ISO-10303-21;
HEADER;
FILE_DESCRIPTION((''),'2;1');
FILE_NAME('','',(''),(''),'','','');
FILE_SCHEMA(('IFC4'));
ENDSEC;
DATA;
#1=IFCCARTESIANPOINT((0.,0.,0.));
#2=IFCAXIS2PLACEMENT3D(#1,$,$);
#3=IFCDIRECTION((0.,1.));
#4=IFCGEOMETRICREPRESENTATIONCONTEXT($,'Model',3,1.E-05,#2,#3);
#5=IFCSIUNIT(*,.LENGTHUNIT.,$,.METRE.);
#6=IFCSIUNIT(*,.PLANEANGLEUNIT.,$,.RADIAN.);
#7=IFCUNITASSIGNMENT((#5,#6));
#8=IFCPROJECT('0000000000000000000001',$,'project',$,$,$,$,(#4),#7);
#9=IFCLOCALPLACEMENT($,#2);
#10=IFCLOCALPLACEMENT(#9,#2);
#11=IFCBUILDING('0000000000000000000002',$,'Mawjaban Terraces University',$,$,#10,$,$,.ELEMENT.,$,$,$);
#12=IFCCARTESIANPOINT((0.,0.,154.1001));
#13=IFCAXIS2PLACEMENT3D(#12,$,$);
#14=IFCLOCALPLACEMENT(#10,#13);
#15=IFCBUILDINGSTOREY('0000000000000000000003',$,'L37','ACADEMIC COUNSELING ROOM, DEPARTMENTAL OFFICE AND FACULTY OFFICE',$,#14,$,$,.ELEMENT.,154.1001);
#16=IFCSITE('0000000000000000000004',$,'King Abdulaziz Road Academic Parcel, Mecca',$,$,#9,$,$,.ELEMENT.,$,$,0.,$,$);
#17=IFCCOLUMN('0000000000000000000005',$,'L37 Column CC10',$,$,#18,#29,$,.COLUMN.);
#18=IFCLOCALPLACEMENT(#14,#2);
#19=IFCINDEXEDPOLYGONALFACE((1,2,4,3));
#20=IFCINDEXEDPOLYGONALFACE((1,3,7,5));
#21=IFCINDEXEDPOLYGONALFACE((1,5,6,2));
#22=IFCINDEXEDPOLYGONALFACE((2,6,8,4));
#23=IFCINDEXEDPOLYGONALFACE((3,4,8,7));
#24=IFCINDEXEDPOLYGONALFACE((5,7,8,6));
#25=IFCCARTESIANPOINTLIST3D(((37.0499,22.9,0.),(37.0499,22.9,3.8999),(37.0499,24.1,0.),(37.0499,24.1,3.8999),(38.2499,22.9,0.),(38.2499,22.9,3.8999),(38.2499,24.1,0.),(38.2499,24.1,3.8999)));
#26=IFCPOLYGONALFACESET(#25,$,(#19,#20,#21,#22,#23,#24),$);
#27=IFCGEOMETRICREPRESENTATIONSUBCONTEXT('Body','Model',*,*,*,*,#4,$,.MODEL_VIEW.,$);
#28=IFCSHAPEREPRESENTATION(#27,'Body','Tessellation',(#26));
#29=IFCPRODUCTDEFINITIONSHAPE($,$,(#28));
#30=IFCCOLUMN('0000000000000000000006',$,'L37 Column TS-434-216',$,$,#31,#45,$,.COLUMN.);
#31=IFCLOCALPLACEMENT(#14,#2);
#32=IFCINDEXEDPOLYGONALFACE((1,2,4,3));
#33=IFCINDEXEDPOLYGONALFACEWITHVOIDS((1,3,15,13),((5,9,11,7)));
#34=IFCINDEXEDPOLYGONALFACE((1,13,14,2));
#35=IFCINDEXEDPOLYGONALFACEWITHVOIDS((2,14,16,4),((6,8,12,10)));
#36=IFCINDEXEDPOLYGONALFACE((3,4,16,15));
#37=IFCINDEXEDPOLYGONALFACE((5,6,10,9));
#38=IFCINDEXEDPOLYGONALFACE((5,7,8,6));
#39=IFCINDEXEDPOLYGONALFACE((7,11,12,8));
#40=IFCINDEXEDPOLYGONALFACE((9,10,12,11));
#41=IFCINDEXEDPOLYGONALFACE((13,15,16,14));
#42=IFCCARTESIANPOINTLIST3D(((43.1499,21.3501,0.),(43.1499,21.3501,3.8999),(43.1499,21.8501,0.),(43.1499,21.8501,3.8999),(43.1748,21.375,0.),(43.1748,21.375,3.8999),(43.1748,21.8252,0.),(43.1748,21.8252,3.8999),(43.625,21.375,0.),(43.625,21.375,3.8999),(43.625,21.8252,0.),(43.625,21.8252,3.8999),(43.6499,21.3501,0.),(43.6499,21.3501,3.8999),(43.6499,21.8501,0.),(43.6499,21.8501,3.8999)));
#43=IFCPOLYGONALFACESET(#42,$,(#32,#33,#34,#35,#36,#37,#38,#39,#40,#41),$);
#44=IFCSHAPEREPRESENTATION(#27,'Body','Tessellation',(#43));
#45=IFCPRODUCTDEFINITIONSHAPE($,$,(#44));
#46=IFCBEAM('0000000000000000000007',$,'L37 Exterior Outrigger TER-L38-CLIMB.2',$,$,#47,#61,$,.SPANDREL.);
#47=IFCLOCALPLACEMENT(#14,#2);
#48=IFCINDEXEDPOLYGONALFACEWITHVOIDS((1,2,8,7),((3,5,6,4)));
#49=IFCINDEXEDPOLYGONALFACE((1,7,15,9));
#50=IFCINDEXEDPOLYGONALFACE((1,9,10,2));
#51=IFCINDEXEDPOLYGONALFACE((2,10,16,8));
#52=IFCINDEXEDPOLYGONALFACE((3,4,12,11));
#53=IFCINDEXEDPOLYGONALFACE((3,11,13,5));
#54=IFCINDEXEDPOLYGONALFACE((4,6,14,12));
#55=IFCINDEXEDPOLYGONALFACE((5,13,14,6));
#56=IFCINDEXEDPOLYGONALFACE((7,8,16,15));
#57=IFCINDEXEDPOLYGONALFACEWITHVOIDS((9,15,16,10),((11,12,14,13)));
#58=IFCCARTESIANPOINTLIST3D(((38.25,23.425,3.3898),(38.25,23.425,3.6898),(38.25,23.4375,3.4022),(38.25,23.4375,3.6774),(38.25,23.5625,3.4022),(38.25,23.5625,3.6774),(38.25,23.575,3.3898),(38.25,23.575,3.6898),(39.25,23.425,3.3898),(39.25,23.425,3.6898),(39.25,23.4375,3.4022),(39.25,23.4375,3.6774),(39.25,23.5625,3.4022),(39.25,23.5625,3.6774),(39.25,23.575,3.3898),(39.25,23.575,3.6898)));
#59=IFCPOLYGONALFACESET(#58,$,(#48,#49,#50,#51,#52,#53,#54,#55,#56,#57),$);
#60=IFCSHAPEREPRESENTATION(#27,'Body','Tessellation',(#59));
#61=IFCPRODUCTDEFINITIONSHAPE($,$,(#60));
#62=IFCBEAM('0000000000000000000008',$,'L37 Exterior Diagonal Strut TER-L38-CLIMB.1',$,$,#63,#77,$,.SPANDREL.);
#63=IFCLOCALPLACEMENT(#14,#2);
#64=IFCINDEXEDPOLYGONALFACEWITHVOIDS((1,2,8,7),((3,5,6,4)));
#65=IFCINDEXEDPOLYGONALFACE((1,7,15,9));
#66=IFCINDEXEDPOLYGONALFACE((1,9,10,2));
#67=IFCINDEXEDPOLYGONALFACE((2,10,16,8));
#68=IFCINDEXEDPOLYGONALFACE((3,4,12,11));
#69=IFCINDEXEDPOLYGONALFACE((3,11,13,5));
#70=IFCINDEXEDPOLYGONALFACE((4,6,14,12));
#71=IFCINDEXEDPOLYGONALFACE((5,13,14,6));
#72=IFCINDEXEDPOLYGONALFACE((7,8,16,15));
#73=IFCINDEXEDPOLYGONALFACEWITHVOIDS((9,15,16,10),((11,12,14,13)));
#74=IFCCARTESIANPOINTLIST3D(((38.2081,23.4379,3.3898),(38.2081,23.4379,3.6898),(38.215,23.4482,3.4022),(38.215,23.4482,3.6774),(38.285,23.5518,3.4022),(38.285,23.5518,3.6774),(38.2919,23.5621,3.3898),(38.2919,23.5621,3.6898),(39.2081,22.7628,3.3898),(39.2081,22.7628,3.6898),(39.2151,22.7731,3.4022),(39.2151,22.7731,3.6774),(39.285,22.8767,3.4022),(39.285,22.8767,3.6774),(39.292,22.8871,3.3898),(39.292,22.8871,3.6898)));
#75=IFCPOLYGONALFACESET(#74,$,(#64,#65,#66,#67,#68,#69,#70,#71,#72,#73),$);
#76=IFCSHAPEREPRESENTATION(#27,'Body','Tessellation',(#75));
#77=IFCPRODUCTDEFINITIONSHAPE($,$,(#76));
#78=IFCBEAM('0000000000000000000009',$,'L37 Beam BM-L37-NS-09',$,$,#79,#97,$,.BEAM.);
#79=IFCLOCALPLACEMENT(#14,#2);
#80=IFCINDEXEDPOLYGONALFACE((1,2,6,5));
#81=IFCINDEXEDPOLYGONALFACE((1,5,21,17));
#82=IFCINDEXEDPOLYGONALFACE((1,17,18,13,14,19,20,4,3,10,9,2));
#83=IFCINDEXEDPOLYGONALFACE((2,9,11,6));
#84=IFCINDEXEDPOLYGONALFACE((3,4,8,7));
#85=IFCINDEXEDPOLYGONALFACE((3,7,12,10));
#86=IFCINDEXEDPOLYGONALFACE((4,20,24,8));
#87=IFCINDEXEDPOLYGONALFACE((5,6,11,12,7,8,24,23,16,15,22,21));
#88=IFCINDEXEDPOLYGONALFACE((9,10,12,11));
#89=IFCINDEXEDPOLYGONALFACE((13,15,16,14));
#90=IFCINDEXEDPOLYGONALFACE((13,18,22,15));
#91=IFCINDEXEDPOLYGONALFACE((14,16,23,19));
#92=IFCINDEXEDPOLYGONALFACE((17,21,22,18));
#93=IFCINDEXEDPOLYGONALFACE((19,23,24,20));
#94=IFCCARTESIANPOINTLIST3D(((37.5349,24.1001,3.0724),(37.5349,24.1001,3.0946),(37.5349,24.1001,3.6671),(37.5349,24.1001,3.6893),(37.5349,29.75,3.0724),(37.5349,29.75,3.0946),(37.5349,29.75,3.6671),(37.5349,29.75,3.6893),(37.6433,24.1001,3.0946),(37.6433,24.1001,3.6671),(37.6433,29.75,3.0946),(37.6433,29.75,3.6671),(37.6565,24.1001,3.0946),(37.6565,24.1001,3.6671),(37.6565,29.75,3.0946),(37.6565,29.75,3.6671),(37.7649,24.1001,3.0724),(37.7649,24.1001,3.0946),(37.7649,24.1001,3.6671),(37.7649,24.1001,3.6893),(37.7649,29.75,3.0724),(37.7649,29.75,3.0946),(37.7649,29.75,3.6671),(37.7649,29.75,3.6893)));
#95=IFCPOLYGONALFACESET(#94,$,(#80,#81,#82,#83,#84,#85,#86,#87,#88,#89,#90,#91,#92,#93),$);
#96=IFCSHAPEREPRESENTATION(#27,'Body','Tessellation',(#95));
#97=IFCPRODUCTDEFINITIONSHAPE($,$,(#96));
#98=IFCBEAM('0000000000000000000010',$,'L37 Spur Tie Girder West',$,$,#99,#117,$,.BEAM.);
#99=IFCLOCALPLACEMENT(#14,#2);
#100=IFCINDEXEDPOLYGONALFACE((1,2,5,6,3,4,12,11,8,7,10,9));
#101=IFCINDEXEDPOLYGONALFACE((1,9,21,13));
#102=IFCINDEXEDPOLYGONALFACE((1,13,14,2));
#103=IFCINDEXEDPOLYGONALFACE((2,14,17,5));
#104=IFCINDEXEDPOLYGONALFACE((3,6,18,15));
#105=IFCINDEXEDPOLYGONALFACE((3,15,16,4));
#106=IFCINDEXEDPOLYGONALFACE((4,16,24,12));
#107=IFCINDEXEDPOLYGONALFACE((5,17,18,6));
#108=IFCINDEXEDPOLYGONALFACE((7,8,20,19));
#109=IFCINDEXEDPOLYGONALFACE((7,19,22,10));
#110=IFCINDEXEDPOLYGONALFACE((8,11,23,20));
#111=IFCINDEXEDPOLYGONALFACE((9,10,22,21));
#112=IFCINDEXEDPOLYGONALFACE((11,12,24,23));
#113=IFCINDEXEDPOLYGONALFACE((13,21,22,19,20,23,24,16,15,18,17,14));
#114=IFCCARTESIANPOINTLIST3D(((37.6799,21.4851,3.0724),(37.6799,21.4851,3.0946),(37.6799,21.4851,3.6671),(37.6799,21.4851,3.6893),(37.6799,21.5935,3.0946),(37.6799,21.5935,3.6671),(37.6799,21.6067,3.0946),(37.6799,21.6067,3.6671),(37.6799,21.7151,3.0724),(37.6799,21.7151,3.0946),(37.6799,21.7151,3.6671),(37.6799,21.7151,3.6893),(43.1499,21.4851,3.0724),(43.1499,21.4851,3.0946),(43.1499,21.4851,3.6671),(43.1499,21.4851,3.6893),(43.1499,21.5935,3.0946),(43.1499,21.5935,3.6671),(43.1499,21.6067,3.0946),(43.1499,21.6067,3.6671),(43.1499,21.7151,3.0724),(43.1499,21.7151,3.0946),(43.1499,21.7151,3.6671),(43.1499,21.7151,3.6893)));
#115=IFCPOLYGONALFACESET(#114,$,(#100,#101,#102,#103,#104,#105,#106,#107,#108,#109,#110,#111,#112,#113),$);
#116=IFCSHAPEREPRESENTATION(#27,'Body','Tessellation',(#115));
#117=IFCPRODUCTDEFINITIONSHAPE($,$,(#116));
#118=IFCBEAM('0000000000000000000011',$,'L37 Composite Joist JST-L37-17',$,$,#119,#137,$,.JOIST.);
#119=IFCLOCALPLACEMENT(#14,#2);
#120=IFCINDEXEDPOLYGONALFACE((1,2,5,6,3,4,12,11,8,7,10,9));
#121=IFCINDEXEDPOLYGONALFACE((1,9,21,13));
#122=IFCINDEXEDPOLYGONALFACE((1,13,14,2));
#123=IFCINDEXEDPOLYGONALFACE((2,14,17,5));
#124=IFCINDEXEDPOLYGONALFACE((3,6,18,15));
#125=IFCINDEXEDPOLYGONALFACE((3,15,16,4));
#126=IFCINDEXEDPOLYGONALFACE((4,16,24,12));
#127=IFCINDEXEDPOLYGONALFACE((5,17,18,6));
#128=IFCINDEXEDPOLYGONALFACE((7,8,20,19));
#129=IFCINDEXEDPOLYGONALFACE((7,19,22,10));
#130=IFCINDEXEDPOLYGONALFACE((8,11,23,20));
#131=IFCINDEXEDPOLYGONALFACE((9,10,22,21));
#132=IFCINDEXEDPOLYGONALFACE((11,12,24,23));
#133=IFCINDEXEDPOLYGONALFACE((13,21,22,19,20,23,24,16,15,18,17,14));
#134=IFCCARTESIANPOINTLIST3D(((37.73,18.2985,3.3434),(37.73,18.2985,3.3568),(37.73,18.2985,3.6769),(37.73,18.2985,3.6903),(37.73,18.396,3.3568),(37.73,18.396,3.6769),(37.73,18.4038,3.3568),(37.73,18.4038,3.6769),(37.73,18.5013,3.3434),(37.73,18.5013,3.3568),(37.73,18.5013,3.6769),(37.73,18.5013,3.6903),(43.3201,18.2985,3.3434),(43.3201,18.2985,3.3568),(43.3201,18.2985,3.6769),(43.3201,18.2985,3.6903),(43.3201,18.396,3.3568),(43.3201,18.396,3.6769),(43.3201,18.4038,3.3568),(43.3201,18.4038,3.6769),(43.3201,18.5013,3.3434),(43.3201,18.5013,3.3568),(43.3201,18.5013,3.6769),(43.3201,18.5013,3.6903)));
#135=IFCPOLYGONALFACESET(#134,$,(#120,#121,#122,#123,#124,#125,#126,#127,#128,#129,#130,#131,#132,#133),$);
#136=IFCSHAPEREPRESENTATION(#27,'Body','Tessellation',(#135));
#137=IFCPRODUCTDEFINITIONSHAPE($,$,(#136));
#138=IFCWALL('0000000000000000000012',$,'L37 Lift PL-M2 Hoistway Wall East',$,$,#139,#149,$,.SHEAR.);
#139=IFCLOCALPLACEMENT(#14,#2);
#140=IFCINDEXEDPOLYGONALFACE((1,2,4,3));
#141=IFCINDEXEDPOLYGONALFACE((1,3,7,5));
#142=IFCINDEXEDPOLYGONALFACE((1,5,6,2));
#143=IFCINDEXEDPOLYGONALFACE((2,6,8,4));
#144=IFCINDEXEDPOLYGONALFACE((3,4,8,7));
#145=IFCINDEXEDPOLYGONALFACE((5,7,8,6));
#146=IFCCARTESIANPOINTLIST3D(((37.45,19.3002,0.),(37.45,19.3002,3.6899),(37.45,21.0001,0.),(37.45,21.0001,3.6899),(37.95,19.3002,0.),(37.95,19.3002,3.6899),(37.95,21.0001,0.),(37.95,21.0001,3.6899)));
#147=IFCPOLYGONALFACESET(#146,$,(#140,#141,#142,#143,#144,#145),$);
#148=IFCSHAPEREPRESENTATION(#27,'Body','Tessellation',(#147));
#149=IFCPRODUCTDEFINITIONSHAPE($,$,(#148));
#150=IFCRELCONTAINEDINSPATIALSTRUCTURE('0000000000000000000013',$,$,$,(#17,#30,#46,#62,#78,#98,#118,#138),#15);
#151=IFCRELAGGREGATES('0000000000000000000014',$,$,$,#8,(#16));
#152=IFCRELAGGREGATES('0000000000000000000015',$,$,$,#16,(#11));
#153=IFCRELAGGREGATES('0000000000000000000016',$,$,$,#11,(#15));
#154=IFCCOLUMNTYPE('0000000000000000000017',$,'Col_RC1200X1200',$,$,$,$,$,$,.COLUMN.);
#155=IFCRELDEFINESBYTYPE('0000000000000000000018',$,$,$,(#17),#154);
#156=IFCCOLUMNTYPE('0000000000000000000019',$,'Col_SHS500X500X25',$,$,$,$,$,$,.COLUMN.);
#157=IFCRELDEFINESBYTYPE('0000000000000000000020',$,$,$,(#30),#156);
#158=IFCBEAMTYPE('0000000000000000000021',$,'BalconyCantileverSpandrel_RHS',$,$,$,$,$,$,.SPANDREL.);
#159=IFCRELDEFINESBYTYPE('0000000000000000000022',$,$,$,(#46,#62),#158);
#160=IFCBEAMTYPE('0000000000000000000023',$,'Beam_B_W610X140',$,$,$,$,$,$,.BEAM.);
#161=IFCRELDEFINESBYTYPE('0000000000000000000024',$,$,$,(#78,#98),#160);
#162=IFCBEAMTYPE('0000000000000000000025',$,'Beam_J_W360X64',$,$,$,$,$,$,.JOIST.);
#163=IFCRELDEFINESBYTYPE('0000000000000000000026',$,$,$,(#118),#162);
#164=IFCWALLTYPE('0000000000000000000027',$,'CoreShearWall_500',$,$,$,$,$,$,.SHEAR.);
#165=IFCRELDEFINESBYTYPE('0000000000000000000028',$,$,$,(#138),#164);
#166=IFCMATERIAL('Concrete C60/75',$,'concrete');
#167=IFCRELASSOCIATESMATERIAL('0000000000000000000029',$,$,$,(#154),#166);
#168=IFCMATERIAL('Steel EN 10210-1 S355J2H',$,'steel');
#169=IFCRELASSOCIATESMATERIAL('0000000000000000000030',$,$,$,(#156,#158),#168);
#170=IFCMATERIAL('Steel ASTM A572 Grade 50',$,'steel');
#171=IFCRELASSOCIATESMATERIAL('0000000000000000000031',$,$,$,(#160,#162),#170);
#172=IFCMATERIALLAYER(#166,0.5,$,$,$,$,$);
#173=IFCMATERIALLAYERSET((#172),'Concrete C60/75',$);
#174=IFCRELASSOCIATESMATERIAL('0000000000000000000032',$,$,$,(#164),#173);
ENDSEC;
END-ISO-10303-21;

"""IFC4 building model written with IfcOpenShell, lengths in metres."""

from ifc_helpers import new_model, si_unit, direction, frame, frame_2d, origin, origin_2d, place, context, subcontext, project, spatial, rectangle, hollow_rectangle, i_section, extrude, material, layer, layer_set, material_profile, profile_set, type_object, element, save


model = new_model("IFC4")

# Units and contexts
model_context = context("Model", 3, precision=1e-05, world=origin(), true_north=direction((0.0, 1.0)))
body_context = subcontext(model_context, "Body", "Model", "MODEL_VIEW")
ifc_project = project(units=[si_unit("LENGTHUNIT", "METRE"), si_unit("PLANEANGLEUNIT", "RADIAN")], contexts=[model_context])

# Site, building, storey
site_placement = place(None, origin())
site = spatial("IfcSite", under=ifc_project, at=site_placement, Name="King Abdulaziz Road Academic Parcel, Mecca", CompositionType="ELEMENT", RefElevation=0.0)
building_placement = place(site_placement, origin())
building = spatial("IfcBuilding", under=site, at=building_placement, Name="Mawjaban Terraces University", CompositionType="ELEMENT")
storey_placement = place(building_placement, frame((0.0, 0.0, 154.1001)))
storey = spatial("IfcBuildingStorey", under=building, at=storey_placement, Name="L37", Description="ACADEMIC COUNSELING ROOM, DEPARTMENTAL OFFICE AND FACULTY OFFICE", CompositionType="ELEMENT", Elevation=154.1001)

# Columns
ifc_material_1 = material(Name="Concrete C60/75", Category="concrete")
ifc_material_profile_1 = material_profile(ifc_material_1, rectangle(XDim=1.2, YDim=1.2, at=origin_2d()), Name="RC1200X1200")
ifc_profile_set_1 = profile_set([ifc_material_profile_1], Name="Concrete C60/75")
column_type_1 = type_object("IfcColumnType", Name="Col_RC1200X1200", PredefinedType="COLUMN", material=ifc_profile_set_1)
column_1_placement = place(storey_placement, frame((37.6499, 23.5, 0.0), z_axis=(0.0, 0.0, 1.0), x_axis=(1.0, 0.0, 0.0)))
element("IfcColumn", 1, at=column_1_placement, inside=storey, type_object=column_type_1, Name="L37 Column CC10", PredefinedType="COLUMN", context=body_context, shape_type="SweptSolid", body=[
    extrude(rectangle(XDim=1.2, YDim=1.2, at=origin_2d()), origin(), (0.0, 0.0, 1.0), 3.8999),
])
ifc_material_2 = material(Name="Steel EN 10210-1 S355J2H", Category="steel")
ifc_material_profile_2 = material_profile(ifc_material_2, hollow_rectangle(XDim=0.5, YDim=0.5, WallThickness=0.0249, at=origin_2d()), Name="SHS500X500X25")
ifc_profile_set_2 = profile_set([ifc_material_profile_2], Name="Steel EN 10210-1 S355J2H")
column_type_2 = type_object("IfcColumnType", Name="Col_SHS500X500X25", PredefinedType="COLUMN", material=ifc_profile_set_2)
column_2_placement = place(storey_placement, frame((43.3999, 21.6001, 0.0), z_axis=(0.0, 0.0, 1.0), x_axis=(1.0, 0.0, 0.0)))
element("IfcColumn", 2, at=column_2_placement, inside=storey, type_object=column_type_2, Name="L37 Column TS-434-216", PredefinedType="COLUMN", context=body_context, shape_type="SweptSolid", body=[
    extrude(hollow_rectangle(XDim=0.5, YDim=0.5, WallThickness=0.0249, at=origin_2d()), origin(), (0.0, 0.0, 1.0), 3.8999),
])

# Beams
ifc_material_profile_3 = material_profile(ifc_material_2, hollow_rectangle(XDim=0.1499, YDim=0.3, WallThickness=0.0125, at=origin_2d()), Name="RHS300X150X12.5")
ifc_profile_set_3 = profile_set([ifc_material_profile_3], Name="Steel EN 10210-1 S355J2H")
beam_type_1 = type_object("IfcBeamType", Name="BalconyCantileverSpandrel_RHS", PredefinedType="SPANDREL", material=ifc_profile_set_3)
beam_1_placement = place(storey_placement, frame((38.25, 23.5, 3.5398), z_axis=(1.0, 0.0, 0.0), x_axis=(0.0, 1.0, 0.0)))
element("IfcBeam", 3, at=beam_1_placement, inside=storey, type_object=beam_type_1, Name="L37 Exterior Outrigger TER-L38-CLIMB.2", PredefinedType="SPANDREL", context=body_context, shape_type="SweptSolid", body=[
    extrude(hollow_rectangle(XDim=0.1499, YDim=0.3, WallThickness=0.0125, at=origin_2d()), origin(), (0.0, 0.0, 1.0), 1.0),
])
beam_2_placement = place(storey_placement, frame((38.25, 23.5, 3.5398), z_axis=(0.82883, -0.559501, 0.0), x_axis=(0.559501, 0.82883, 0.0)))
element("IfcBeam", 4, at=beam_2_placement, inside=storey, type_object=beam_type_1, Name="L37 Exterior Diagonal Strut TER-L38-CLIMB.1", PredefinedType="SPANDREL", context=body_context, shape_type="SweptSolid", body=[
    extrude(hollow_rectangle(XDim=0.1499, YDim=0.3, WallThickness=0.0125, at=origin_2d()), origin(), (0.0, 0.0, 1.0), 1.2065),
])
ifc_material_3 = material(Name="Steel ASTM A572 Grade 50", Category="steel")
ifc_material_profile_4 = material_profile(ifc_material_3, i_section(OverallWidth=0.23, OverallDepth=0.6169, WebThickness=0.0132, FlangeThickness=0.0222, at=origin_2d()), Name="W610X140")
ifc_profile_set_4 = profile_set([ifc_material_profile_4], Name="Steel ASTM A572 Grade 50")
beam_type_2 = type_object("IfcBeamType", Name="Beam_B_W610X140", PredefinedType="BEAM", material=ifc_profile_set_4)
beam_3_placement = place(storey_placement, frame((37.6499, 24.1001, 3.3809), z_axis=(0.0, 1.0, 0.0), x_axis=(-1.0, 0.0, 0.0)))
element("IfcBeam", 5, at=beam_3_placement, inside=storey, type_object=beam_type_2, Name="L37 Beam BM-L37-NS-09", PredefinedType="BEAM", context=body_context, shape_type="SweptSolid", body=[
    extrude(i_section(OverallWidth=0.23, OverallDepth=0.6169, WebThickness=0.0132, FlangeThickness=0.0222, at=origin_2d()), origin(), (0.0, 0.0, 1.0), 5.6499),
])
beam_4_placement = place(storey_placement, frame((37.6799, 21.6001, 3.3809), z_axis=(1.0, 0.0, 0.0), x_axis=(0.0, 1.0, 0.0)))
element("IfcBeam", 6, at=beam_4_placement, inside=storey, type_object=beam_type_2, Name="L37 Spur Tie Girder West", PredefinedType="BEAM", context=body_context, shape_type="SweptSolid", body=[
    extrude(i_section(OverallWidth=0.23, OverallDepth=0.6169, WebThickness=0.0132, FlangeThickness=0.0222, at=origin_2d()), origin(), (0.0, 0.0, 1.0), 5.47),
])
ifc_material_profile_5 = material_profile(ifc_material_3, i_section(OverallWidth=0.2029, OverallDepth=0.3469, WebThickness=0.0078, FlangeThickness=0.0134, at=origin_2d()), Name="W360X64")
ifc_profile_set_5 = profile_set([ifc_material_profile_5], Name="Steel ASTM A572 Grade 50")
beam_type_3 = type_object("IfcBeamType", Name="Beam_J_W360X64", PredefinedType="JOIST", material=ifc_profile_set_5)
beam_5_placement = place(storey_placement, frame((37.73, 18.3999, 3.5168), z_axis=(1.0, 0.0, 0.0), x_axis=(0.0, 1.0, 0.0)))
element("IfcBeam", 7, at=beam_5_placement, inside=storey, type_object=beam_type_3, Name="L37 Composite Joist JST-L37-17", PredefinedType="JOIST", context=body_context, shape_type="SweptSolid", body=[
    extrude(i_section(OverallWidth=0.2029, OverallDepth=0.3469, WebThickness=0.0078, FlangeThickness=0.0134, at=origin_2d()), origin(), (0.0, 0.0, 1.0), 5.5901),
])

# Wall
ifc_layer_1 = layer(ifc_material_1, 0.5)
ifc_layer_set_1 = layer_set([ifc_layer_1], Name="Concrete C60/75")
wall_type_1 = type_object("IfcWallType", Name="CoreShearWall_500", PredefinedType="SHEAR", material=ifc_layer_set_1)
wall_1_placement = place(storey_placement, frame((37.7, 19.3, 0.0), z_axis=(0.0, 0.0, 1.0), x_axis=(0.0, 1.0, 0.0)))
element("IfcWall", 8, at=wall_1_placement, inside=storey, type_object=wall_type_1, Name="L37 Lift PL-M2 Hoistway Wall East", PredefinedType="SHEAR", context=body_context, shape_type="SweptSolid", body=[
    extrude(rectangle(XDim=1.7, YDim=0.5, at=frame_2d((0.8501, 0.0))), origin(), (0.0, 0.0, 1.0), 3.6899),
])

save(model, "model.ifc")
